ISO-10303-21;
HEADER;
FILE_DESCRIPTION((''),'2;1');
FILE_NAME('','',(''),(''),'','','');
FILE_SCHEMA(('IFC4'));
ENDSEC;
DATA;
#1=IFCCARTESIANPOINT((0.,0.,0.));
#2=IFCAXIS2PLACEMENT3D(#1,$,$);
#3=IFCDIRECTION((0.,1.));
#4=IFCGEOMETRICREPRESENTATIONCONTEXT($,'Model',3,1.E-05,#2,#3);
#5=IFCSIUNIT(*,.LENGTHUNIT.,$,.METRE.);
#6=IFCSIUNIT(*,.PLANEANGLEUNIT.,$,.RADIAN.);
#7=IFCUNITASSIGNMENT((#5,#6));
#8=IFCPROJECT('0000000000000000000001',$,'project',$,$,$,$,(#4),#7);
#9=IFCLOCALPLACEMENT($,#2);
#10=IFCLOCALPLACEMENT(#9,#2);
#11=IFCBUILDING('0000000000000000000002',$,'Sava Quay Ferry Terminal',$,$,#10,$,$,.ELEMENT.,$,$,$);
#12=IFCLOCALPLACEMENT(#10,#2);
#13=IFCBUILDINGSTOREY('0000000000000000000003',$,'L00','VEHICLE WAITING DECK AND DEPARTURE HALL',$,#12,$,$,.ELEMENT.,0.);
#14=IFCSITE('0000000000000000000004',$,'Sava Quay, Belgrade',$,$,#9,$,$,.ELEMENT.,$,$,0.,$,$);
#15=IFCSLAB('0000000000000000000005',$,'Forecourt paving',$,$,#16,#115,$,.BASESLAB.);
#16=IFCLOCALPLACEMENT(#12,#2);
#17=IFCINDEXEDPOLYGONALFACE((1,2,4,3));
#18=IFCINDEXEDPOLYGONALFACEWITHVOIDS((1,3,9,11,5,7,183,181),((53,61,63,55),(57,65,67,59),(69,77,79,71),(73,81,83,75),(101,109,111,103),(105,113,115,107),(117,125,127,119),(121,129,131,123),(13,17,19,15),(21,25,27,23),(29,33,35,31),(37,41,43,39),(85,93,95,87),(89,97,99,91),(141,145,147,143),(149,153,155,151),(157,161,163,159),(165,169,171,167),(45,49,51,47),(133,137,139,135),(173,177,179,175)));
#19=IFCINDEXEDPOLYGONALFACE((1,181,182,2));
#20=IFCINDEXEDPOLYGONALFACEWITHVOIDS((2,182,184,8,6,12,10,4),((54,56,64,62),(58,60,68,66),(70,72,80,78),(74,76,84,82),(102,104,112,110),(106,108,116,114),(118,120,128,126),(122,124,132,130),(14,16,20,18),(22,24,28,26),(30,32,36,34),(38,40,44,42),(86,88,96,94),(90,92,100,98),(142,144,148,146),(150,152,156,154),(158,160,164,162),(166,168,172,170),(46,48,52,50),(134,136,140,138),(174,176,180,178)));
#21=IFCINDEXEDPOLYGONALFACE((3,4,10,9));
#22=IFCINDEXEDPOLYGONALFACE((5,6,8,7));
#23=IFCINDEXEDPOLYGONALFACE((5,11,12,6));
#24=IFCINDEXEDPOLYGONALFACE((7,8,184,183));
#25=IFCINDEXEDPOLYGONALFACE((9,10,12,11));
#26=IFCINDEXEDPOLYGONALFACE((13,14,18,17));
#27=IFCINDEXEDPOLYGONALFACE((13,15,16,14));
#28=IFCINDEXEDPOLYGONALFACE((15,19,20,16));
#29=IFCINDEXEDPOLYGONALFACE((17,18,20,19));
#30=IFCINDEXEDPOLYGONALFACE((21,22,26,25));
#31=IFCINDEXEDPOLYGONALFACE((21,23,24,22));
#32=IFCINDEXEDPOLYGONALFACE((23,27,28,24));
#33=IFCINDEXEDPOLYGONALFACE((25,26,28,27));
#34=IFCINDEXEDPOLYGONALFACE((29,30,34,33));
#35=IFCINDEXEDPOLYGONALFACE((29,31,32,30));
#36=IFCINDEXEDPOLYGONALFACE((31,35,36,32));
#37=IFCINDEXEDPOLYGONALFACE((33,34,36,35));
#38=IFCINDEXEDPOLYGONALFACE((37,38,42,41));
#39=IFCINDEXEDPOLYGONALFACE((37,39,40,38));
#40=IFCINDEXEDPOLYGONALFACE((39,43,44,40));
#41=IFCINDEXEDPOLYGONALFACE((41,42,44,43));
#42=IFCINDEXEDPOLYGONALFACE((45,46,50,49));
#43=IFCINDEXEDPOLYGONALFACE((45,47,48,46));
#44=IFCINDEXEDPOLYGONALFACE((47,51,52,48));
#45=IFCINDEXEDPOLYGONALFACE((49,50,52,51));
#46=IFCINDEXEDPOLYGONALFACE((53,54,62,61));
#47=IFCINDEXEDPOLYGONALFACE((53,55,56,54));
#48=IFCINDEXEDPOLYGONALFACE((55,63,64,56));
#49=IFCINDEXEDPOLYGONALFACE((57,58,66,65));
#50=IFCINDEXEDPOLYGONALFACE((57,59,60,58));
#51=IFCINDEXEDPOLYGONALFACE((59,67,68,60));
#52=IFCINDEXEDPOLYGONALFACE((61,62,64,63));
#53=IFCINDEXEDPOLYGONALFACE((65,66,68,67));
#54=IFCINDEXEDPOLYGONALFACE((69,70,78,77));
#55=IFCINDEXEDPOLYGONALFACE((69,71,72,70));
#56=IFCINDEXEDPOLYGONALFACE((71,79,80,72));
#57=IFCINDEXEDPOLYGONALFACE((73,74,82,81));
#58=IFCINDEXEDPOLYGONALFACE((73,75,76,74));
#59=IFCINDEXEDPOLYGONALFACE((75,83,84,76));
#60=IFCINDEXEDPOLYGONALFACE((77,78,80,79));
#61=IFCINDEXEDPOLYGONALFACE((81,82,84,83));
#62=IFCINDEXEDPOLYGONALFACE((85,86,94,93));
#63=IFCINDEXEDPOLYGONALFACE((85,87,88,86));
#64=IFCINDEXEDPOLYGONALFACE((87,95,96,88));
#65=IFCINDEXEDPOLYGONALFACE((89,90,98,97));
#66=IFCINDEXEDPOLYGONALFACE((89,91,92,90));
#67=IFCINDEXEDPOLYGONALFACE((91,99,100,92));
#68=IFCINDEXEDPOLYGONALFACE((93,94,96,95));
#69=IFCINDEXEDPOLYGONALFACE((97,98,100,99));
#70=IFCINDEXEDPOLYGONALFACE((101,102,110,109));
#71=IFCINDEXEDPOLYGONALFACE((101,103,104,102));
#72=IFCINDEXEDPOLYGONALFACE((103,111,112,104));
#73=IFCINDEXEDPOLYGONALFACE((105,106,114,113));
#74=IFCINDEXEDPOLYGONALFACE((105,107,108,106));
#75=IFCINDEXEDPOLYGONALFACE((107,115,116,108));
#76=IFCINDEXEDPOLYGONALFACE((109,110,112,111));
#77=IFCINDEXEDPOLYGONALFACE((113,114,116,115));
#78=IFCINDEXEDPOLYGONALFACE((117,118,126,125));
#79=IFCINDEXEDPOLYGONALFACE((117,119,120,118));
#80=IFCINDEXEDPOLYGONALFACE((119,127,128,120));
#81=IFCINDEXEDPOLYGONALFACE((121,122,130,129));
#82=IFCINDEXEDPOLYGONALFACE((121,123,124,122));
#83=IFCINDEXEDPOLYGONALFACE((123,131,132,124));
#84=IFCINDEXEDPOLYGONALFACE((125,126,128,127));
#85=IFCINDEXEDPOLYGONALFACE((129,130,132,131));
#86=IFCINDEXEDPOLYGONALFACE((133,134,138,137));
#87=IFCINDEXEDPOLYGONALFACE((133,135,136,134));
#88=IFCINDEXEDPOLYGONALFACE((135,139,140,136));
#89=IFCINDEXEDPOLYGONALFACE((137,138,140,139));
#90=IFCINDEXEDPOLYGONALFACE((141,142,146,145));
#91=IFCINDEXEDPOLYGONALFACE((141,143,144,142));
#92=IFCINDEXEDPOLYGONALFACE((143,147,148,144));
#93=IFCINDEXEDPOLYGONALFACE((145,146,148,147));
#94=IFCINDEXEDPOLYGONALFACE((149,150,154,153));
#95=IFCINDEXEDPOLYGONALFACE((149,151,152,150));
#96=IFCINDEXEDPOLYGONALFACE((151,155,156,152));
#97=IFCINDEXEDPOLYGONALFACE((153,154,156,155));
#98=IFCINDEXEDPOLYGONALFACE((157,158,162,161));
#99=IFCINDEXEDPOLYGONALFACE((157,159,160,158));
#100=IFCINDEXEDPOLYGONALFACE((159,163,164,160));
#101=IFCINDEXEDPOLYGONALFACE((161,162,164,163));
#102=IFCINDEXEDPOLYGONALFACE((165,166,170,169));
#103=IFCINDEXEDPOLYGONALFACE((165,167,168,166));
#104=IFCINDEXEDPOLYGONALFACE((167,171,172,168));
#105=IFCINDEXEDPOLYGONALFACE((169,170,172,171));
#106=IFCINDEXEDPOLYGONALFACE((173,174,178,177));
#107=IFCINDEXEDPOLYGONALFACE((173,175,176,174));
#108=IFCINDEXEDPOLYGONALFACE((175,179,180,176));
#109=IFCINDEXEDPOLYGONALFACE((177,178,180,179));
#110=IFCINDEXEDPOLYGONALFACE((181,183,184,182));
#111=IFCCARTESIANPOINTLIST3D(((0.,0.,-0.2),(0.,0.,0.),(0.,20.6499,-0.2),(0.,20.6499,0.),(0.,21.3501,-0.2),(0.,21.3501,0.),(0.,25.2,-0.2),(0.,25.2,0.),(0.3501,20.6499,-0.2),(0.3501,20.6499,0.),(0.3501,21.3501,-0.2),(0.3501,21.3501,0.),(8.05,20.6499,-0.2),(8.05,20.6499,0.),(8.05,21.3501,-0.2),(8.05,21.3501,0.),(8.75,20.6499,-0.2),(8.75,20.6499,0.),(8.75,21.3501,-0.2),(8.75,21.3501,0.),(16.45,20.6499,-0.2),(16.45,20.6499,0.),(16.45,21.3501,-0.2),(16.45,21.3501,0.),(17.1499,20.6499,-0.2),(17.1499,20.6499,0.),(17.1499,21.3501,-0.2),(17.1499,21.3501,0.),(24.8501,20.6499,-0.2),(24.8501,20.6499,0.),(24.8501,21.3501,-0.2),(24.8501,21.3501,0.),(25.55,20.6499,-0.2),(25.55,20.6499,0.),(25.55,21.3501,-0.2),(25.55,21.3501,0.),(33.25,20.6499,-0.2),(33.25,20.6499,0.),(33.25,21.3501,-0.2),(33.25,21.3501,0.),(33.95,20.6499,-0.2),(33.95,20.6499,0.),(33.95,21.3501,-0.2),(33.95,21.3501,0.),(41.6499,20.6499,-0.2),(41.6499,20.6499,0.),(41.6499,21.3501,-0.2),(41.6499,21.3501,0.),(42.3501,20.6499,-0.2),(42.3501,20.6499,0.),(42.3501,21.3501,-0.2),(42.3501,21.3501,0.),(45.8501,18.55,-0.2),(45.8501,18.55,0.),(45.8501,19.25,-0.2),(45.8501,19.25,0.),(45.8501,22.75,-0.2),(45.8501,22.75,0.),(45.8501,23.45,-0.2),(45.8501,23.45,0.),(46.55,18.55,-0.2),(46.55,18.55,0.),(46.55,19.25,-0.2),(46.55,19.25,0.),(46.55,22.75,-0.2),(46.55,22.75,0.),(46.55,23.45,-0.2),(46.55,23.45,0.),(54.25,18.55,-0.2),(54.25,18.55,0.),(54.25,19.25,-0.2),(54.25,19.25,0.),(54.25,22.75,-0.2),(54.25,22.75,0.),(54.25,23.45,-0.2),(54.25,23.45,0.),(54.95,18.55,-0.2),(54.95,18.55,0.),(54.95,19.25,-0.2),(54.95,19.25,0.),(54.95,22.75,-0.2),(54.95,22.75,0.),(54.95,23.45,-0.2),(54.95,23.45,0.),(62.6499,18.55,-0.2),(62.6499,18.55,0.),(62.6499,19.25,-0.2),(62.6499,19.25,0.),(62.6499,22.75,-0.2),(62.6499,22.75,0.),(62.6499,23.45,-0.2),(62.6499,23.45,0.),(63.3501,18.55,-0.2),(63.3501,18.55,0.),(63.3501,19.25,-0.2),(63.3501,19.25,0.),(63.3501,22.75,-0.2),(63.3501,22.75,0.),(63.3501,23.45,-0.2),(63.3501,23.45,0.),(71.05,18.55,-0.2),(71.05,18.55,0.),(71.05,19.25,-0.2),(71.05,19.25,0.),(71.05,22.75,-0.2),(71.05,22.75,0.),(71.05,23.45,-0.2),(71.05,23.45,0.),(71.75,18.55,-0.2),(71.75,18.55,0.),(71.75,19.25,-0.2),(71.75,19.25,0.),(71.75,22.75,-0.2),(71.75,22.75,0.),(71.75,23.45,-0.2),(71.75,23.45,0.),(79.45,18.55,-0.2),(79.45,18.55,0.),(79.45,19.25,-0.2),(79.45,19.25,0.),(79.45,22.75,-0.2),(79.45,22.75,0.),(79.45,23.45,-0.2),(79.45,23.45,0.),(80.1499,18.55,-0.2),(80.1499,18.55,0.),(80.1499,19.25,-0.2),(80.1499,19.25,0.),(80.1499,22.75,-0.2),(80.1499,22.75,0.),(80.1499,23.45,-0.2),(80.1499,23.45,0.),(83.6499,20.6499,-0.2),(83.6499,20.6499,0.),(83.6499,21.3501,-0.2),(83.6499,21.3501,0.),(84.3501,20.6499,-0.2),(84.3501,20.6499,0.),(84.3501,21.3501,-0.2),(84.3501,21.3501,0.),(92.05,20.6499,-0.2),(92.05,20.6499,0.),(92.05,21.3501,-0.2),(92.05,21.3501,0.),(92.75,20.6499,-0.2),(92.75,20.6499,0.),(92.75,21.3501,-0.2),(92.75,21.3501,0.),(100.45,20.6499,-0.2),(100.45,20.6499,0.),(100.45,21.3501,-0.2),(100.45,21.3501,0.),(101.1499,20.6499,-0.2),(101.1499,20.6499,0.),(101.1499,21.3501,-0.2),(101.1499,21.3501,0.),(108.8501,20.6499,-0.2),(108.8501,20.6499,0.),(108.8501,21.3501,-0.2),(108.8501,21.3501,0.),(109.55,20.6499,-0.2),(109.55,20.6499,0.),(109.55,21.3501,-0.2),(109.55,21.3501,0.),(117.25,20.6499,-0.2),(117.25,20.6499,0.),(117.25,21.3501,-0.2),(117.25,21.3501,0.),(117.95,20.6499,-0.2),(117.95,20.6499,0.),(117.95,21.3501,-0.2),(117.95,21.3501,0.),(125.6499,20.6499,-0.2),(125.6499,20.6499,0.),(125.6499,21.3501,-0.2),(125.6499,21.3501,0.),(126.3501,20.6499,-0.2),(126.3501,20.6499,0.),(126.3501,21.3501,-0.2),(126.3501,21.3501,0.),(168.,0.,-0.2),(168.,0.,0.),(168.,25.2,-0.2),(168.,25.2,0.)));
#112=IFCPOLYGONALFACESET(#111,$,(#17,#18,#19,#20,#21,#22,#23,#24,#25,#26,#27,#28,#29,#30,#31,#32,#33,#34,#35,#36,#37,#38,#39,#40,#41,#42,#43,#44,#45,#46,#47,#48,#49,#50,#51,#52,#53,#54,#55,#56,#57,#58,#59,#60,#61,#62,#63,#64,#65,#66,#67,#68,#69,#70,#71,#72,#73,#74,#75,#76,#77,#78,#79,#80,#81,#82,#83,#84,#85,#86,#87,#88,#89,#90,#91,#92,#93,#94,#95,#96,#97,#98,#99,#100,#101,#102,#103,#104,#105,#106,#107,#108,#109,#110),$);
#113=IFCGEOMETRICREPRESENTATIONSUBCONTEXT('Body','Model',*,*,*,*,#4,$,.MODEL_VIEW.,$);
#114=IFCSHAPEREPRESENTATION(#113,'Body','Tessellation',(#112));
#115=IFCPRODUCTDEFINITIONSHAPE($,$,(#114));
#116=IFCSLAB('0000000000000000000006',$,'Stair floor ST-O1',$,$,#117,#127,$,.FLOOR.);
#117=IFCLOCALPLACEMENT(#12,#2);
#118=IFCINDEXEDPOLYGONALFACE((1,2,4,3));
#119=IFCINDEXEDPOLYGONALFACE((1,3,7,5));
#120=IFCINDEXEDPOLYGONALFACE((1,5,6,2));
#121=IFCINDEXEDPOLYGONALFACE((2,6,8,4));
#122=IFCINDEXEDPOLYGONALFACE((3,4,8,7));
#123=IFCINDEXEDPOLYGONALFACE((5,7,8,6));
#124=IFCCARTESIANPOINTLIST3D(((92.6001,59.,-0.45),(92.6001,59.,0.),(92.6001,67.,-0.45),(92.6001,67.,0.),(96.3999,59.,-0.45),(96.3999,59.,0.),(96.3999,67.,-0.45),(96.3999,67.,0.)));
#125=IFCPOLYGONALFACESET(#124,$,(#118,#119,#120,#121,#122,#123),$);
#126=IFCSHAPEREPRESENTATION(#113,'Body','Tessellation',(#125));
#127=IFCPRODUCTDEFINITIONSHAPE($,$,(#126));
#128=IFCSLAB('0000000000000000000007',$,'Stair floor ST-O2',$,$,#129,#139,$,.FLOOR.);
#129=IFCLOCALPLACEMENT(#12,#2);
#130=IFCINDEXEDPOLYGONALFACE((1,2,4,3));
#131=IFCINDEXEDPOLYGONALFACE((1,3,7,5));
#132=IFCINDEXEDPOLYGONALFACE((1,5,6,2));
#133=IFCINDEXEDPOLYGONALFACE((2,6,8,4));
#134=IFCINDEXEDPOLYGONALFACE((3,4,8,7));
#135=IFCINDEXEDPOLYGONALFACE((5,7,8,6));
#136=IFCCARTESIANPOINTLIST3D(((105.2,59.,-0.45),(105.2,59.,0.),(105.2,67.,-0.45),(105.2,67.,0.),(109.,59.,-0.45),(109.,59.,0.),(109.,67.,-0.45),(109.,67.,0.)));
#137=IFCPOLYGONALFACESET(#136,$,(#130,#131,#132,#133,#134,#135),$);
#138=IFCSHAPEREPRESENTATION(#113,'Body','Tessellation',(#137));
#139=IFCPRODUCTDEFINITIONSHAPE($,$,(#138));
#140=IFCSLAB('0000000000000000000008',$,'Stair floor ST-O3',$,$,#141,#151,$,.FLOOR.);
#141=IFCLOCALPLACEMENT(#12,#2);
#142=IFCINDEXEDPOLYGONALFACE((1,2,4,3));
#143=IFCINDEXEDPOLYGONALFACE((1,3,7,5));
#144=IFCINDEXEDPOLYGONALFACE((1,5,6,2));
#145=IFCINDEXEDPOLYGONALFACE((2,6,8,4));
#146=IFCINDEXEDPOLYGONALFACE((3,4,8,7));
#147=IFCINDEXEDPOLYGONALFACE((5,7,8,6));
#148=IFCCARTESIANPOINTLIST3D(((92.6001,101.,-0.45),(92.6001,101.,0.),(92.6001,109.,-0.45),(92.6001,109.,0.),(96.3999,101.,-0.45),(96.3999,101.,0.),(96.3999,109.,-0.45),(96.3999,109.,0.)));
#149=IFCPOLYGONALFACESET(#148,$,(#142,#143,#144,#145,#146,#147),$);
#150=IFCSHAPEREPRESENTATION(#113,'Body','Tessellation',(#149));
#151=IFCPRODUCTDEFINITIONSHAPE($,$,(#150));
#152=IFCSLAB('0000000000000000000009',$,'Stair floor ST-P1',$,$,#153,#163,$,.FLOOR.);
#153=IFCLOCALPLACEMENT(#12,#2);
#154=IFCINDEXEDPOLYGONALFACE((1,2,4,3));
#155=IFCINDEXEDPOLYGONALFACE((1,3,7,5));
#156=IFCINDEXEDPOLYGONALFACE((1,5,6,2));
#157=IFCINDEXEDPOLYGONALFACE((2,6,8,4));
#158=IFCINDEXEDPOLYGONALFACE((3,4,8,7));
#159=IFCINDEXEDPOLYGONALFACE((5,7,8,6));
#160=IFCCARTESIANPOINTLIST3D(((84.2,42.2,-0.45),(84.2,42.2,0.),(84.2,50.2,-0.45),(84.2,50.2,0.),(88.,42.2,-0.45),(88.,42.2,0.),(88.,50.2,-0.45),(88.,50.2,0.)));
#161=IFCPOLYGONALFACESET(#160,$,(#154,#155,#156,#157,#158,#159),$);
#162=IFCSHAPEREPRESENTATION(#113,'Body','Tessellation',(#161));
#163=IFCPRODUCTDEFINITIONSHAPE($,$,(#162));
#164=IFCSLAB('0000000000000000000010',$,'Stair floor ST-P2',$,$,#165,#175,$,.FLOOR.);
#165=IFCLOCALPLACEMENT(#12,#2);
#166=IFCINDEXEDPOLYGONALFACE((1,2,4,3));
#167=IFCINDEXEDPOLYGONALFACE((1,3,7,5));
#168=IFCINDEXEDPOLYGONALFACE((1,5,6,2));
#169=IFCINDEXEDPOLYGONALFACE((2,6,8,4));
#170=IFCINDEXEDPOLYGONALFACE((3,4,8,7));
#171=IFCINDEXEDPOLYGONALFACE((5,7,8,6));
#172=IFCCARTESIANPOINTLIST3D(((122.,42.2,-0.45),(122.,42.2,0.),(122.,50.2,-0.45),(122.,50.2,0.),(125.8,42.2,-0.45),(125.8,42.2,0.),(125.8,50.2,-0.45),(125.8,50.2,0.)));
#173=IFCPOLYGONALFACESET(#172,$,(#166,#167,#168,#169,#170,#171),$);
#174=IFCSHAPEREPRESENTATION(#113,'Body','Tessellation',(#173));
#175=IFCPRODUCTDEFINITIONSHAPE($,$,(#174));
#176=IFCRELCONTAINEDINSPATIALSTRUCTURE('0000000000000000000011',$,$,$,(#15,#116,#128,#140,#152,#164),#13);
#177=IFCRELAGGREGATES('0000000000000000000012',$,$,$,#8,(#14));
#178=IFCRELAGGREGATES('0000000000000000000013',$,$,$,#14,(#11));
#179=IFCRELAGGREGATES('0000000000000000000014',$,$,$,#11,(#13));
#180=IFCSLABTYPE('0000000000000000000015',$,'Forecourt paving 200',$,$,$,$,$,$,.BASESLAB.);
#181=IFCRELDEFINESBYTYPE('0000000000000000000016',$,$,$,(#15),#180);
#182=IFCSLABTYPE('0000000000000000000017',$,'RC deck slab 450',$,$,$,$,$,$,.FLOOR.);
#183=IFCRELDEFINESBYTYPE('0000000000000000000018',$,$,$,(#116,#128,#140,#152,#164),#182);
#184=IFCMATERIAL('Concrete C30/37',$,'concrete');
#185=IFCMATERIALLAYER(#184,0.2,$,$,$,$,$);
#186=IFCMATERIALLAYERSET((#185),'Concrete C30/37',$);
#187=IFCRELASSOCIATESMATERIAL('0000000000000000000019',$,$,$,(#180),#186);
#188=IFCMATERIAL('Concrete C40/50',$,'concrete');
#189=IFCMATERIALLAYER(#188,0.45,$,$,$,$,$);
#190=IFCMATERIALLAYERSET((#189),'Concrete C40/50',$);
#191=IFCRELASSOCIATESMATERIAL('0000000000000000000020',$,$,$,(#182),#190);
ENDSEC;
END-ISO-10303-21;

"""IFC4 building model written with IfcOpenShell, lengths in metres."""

from ifc_helpers import new_model, si_unit, direction, frame, origin, place, context, subcontext, project, spatial, polyline, outline, extrude, material, layer, layer_set, type_object, element, save


model = new_model("IFC4")

# Units and contexts
model_context = context("Model", 3, precision=1e-05, world=origin(), true_north=direction((0.0, 1.0)))
body_context = subcontext(model_context, "Body", "Model", "MODEL_VIEW")
ifc_project = project(units=[si_unit("LENGTHUNIT", "METRE"), si_unit("PLANEANGLEUNIT", "RADIAN")], contexts=[model_context])

# Site, building, storey
site_placement = place(None, origin())
site = spatial("IfcSite", under=ifc_project, at=site_placement, Name="Sava Quay, Belgrade", CompositionType="ELEMENT", RefElevation=0.0)
building_placement = place(site_placement, origin())
building = spatial("IfcBuilding", under=site, at=building_placement, Name="Sava Quay Ferry Terminal", CompositionType="ELEMENT")
storey_placement = place(building_placement, origin())
storey = spatial("IfcBuildingStorey", under=building, at=storey_placement, Name="L00", Description="VEHICLE WAITING DECK AND DEPARTURE HALL", CompositionType="ELEMENT", Elevation=0.0)

# Slabs
ifc_material_1 = material(Name="Concrete C30/37", Category="concrete")
ifc_layer_1 = layer(ifc_material_1, 0.2)
ifc_layer_set_1 = layer_set([ifc_layer_1], Name="Concrete C30/37")
slab_type_1 = type_object("IfcSlabType", Name="Forecourt paving 200", PredefinedType="BASESLAB", material=ifc_layer_set_1)
slab_1_placement = place(storey_placement, frame((0.0, 0.0, -0.2)))
element("IfcSlab", 1, at=slab_1_placement, inside=storey, type_object=slab_type_1, Name="Forecourt paving", PredefinedType="BASESLAB", context=body_context, shape_type="SweptSolid", body=[
    extrude(outline(polyline([(0.0, 25.2), (168.0, 25.2), (168.0, 0.0), (0.0, 0.0), (0.0, 20.6499), (0.3501, 20.6499), (0.3501, 21.3501), (0.0, 21.3501), (0.0, 25.2)]), holes=[polyline([(46.55, 19.25), (45.8501, 19.25), (45.8501, 18.55), (46.55, 18.55), (46.55, 19.25)]), polyline([(54.95, 19.25), (54.25, 19.25), (54.25, 18.55), (54.95, 18.55), (54.95, 19.25)]), polyline([(8.75, 20.6499), (8.75, 21.3501), (8.05, 21.3501), (8.05, 20.6499), (8.75, 20.6499)]), polyline([(17.1499, 20.6499), (17.1499, 21.3501), (16.45, 21.3501), (16.45, 20.6499), (17.1499, 20.6499)]), polyline([(25.55, 21.3501), (24.8501, 21.3501), (24.8501, 20.6499), (25.55, 20.6499), (25.55, 21.3501)]), polyline([(33.95, 20.6499), (33.95, 21.3501), (33.25, 21.3501), (33.25, 20.6499), (33.95, 20.6499)]), polyline([(42.3501, 20.6499), (42.3501, 21.3501), (41.6499, 21.3501), (41.6499, 20.6499), (42.3501, 20.6499)]), polyline([(46.55, 23.45), (45.8501, 23.45), (45.8501, 22.75), (46.55, 22.75), (46.55, 23.45)]), polyline([(54.95, 22.75), (54.95, 23.45), (54.25, 23.45), (54.25, 22.75), (54.95, 22.75)]), polyline([(63.3501, 22.75), (63.3501, 23.45), (62.6499, 23.45), (62.6499, 22.75), (63.3501, 22.75)]), polyline([(63.3501, 19.25), (62.6499, 19.25), (62.6499, 18.55), (63.3501, 18.55), (63.3501, 19.25)]), polyline([(71.75, 19.25), (71.05, 19.25), (71.05, 18.55), (71.75, 18.55), (71.75, 19.25)]), polyline([(80.1499, 19.25), (79.45, 19.25), (79.45, 18.55), (80.1499, 18.55), (80.1499, 19.25)]), polyline([(84.3501, 20.6499), (84.3501, 21.3501), (83.6499, 21.3501), (83.6499, 20.6499), (84.3501, 20.6499)]), polyline([(92.75, 20.6499), (92.75, 21.3501), (92.05, 21.3501), (92.05, 20.6499), (92.75, 20.6499)]), polyline([(101.1499, 21.3501), (100.45, 21.3501), (100.45, 20.6499), (101.1499, 20.6499), (101.1499, 21.3501)]), polyline([(109.55, 20.6499), (109.55, 21.3501), (108.8501, 21.3501), (108.8501, 20.6499), (109.55, 20.6499)]), polyline([(117.95, 20.6499), (117.95, 21.3501), (117.25, 21.3501), (117.25, 20.6499), (117.95, 20.6499)]), polyline([(126.3501, 21.3501), (125.6499, 21.3501), (125.6499, 20.6499), (126.3501, 20.6499), (126.3501, 21.3501)]), polyline([(71.75, 22.75), (71.75, 23.45), (71.05, 23.45), (71.05, 22.75), (71.75, 22.75)]), polyline([(80.1499, 22.75), (80.1499, 23.45), (79.45, 23.45), (79.45, 22.75), (80.1499, 22.75)])]), origin(), (0.0, 0.0, 1.0), 0.2),
])
ifc_material_2 = material(Name="Concrete C40/50", Category="concrete")
ifc_layer_2 = layer(ifc_material_2, 0.45)
ifc_layer_set_2 = layer_set([ifc_layer_2], Name="Concrete C40/50")
slab_type_2 = type_object("IfcSlabType", Name="RC deck slab 450", PredefinedType="FLOOR", material=ifc_layer_set_2)
slab_2_placement = place(storey_placement, frame((0.0, 0.0, -0.45)))
element("IfcSlab", 2, at=slab_2_placement, inside=storey, type_object=slab_type_2, Name="Stair floor ST-O1", PredefinedType="FLOOR", context=body_context, shape_type="SweptSolid", body=[
    extrude(outline(polyline([(92.6001, 59.0), (96.3999, 59.0), (96.3999, 67.0), (92.6001, 67.0), (92.6001, 59.0)])), origin(), (0.0, 0.0, 1.0), 0.45),
])
slab_3_placement = place(storey_placement, frame((0.0, 0.0, -0.45)))
element("IfcSlab", 3, at=slab_3_placement, inside=storey, type_object=slab_type_2, Name="Stair floor ST-O2", PredefinedType="FLOOR", context=body_context, shape_type="SweptSolid", body=[
    extrude(outline(polyline([(105.2, 59.0), (109.0, 59.0), (109.0, 67.0), (105.2, 67.0), (105.2, 59.0)])), origin(), (0.0, 0.0, 1.0), 0.45),
])
slab_4_placement = place(storey_placement, frame((0.0, 0.0, -0.45)))
element("IfcSlab", 4, at=slab_4_placement, inside=storey, type_object=slab_type_2, Name="Stair floor ST-O3", PredefinedType="FLOOR", context=body_context, shape_type="SweptSolid", body=[
    extrude(outline(polyline([(92.6001, 101.0), (96.3999, 101.0), (96.3999, 109.0), (92.6001, 109.0), (92.6001, 101.0)])), origin(), (0.0, 0.0, 1.0), 0.45),
])
slab_5_placement = place(storey_placement, frame((0.0, 0.0, -0.45)))
element("IfcSlab", 5, at=slab_5_placement, inside=storey, type_object=slab_type_2, Name="Stair floor ST-P1", PredefinedType="FLOOR", context=body_context, shape_type="SweptSolid", body=[
    extrude(outline(polyline([(84.2, 42.2), (88.0, 42.2), (88.0, 50.2), (84.2, 50.2), (84.2, 42.2)])), origin(), (0.0, 0.0, 1.0), 0.45),
])
slab_6_placement = place(storey_placement, frame((0.0, 0.0, -0.45)))
element("IfcSlab", 6, at=slab_6_placement, inside=storey, type_object=slab_type_2, Name="Stair floor ST-P2", PredefinedType="FLOOR", context=body_context, shape_type="SweptSolid", body=[
    extrude(outline(polyline([(122.0, 42.2), (125.8, 42.2), (125.8, 50.2), (122.0, 50.2), (122.0, 42.2)])), origin(), (0.0, 0.0, 1.0), 0.45),
])

save(model, "model.ifc")
